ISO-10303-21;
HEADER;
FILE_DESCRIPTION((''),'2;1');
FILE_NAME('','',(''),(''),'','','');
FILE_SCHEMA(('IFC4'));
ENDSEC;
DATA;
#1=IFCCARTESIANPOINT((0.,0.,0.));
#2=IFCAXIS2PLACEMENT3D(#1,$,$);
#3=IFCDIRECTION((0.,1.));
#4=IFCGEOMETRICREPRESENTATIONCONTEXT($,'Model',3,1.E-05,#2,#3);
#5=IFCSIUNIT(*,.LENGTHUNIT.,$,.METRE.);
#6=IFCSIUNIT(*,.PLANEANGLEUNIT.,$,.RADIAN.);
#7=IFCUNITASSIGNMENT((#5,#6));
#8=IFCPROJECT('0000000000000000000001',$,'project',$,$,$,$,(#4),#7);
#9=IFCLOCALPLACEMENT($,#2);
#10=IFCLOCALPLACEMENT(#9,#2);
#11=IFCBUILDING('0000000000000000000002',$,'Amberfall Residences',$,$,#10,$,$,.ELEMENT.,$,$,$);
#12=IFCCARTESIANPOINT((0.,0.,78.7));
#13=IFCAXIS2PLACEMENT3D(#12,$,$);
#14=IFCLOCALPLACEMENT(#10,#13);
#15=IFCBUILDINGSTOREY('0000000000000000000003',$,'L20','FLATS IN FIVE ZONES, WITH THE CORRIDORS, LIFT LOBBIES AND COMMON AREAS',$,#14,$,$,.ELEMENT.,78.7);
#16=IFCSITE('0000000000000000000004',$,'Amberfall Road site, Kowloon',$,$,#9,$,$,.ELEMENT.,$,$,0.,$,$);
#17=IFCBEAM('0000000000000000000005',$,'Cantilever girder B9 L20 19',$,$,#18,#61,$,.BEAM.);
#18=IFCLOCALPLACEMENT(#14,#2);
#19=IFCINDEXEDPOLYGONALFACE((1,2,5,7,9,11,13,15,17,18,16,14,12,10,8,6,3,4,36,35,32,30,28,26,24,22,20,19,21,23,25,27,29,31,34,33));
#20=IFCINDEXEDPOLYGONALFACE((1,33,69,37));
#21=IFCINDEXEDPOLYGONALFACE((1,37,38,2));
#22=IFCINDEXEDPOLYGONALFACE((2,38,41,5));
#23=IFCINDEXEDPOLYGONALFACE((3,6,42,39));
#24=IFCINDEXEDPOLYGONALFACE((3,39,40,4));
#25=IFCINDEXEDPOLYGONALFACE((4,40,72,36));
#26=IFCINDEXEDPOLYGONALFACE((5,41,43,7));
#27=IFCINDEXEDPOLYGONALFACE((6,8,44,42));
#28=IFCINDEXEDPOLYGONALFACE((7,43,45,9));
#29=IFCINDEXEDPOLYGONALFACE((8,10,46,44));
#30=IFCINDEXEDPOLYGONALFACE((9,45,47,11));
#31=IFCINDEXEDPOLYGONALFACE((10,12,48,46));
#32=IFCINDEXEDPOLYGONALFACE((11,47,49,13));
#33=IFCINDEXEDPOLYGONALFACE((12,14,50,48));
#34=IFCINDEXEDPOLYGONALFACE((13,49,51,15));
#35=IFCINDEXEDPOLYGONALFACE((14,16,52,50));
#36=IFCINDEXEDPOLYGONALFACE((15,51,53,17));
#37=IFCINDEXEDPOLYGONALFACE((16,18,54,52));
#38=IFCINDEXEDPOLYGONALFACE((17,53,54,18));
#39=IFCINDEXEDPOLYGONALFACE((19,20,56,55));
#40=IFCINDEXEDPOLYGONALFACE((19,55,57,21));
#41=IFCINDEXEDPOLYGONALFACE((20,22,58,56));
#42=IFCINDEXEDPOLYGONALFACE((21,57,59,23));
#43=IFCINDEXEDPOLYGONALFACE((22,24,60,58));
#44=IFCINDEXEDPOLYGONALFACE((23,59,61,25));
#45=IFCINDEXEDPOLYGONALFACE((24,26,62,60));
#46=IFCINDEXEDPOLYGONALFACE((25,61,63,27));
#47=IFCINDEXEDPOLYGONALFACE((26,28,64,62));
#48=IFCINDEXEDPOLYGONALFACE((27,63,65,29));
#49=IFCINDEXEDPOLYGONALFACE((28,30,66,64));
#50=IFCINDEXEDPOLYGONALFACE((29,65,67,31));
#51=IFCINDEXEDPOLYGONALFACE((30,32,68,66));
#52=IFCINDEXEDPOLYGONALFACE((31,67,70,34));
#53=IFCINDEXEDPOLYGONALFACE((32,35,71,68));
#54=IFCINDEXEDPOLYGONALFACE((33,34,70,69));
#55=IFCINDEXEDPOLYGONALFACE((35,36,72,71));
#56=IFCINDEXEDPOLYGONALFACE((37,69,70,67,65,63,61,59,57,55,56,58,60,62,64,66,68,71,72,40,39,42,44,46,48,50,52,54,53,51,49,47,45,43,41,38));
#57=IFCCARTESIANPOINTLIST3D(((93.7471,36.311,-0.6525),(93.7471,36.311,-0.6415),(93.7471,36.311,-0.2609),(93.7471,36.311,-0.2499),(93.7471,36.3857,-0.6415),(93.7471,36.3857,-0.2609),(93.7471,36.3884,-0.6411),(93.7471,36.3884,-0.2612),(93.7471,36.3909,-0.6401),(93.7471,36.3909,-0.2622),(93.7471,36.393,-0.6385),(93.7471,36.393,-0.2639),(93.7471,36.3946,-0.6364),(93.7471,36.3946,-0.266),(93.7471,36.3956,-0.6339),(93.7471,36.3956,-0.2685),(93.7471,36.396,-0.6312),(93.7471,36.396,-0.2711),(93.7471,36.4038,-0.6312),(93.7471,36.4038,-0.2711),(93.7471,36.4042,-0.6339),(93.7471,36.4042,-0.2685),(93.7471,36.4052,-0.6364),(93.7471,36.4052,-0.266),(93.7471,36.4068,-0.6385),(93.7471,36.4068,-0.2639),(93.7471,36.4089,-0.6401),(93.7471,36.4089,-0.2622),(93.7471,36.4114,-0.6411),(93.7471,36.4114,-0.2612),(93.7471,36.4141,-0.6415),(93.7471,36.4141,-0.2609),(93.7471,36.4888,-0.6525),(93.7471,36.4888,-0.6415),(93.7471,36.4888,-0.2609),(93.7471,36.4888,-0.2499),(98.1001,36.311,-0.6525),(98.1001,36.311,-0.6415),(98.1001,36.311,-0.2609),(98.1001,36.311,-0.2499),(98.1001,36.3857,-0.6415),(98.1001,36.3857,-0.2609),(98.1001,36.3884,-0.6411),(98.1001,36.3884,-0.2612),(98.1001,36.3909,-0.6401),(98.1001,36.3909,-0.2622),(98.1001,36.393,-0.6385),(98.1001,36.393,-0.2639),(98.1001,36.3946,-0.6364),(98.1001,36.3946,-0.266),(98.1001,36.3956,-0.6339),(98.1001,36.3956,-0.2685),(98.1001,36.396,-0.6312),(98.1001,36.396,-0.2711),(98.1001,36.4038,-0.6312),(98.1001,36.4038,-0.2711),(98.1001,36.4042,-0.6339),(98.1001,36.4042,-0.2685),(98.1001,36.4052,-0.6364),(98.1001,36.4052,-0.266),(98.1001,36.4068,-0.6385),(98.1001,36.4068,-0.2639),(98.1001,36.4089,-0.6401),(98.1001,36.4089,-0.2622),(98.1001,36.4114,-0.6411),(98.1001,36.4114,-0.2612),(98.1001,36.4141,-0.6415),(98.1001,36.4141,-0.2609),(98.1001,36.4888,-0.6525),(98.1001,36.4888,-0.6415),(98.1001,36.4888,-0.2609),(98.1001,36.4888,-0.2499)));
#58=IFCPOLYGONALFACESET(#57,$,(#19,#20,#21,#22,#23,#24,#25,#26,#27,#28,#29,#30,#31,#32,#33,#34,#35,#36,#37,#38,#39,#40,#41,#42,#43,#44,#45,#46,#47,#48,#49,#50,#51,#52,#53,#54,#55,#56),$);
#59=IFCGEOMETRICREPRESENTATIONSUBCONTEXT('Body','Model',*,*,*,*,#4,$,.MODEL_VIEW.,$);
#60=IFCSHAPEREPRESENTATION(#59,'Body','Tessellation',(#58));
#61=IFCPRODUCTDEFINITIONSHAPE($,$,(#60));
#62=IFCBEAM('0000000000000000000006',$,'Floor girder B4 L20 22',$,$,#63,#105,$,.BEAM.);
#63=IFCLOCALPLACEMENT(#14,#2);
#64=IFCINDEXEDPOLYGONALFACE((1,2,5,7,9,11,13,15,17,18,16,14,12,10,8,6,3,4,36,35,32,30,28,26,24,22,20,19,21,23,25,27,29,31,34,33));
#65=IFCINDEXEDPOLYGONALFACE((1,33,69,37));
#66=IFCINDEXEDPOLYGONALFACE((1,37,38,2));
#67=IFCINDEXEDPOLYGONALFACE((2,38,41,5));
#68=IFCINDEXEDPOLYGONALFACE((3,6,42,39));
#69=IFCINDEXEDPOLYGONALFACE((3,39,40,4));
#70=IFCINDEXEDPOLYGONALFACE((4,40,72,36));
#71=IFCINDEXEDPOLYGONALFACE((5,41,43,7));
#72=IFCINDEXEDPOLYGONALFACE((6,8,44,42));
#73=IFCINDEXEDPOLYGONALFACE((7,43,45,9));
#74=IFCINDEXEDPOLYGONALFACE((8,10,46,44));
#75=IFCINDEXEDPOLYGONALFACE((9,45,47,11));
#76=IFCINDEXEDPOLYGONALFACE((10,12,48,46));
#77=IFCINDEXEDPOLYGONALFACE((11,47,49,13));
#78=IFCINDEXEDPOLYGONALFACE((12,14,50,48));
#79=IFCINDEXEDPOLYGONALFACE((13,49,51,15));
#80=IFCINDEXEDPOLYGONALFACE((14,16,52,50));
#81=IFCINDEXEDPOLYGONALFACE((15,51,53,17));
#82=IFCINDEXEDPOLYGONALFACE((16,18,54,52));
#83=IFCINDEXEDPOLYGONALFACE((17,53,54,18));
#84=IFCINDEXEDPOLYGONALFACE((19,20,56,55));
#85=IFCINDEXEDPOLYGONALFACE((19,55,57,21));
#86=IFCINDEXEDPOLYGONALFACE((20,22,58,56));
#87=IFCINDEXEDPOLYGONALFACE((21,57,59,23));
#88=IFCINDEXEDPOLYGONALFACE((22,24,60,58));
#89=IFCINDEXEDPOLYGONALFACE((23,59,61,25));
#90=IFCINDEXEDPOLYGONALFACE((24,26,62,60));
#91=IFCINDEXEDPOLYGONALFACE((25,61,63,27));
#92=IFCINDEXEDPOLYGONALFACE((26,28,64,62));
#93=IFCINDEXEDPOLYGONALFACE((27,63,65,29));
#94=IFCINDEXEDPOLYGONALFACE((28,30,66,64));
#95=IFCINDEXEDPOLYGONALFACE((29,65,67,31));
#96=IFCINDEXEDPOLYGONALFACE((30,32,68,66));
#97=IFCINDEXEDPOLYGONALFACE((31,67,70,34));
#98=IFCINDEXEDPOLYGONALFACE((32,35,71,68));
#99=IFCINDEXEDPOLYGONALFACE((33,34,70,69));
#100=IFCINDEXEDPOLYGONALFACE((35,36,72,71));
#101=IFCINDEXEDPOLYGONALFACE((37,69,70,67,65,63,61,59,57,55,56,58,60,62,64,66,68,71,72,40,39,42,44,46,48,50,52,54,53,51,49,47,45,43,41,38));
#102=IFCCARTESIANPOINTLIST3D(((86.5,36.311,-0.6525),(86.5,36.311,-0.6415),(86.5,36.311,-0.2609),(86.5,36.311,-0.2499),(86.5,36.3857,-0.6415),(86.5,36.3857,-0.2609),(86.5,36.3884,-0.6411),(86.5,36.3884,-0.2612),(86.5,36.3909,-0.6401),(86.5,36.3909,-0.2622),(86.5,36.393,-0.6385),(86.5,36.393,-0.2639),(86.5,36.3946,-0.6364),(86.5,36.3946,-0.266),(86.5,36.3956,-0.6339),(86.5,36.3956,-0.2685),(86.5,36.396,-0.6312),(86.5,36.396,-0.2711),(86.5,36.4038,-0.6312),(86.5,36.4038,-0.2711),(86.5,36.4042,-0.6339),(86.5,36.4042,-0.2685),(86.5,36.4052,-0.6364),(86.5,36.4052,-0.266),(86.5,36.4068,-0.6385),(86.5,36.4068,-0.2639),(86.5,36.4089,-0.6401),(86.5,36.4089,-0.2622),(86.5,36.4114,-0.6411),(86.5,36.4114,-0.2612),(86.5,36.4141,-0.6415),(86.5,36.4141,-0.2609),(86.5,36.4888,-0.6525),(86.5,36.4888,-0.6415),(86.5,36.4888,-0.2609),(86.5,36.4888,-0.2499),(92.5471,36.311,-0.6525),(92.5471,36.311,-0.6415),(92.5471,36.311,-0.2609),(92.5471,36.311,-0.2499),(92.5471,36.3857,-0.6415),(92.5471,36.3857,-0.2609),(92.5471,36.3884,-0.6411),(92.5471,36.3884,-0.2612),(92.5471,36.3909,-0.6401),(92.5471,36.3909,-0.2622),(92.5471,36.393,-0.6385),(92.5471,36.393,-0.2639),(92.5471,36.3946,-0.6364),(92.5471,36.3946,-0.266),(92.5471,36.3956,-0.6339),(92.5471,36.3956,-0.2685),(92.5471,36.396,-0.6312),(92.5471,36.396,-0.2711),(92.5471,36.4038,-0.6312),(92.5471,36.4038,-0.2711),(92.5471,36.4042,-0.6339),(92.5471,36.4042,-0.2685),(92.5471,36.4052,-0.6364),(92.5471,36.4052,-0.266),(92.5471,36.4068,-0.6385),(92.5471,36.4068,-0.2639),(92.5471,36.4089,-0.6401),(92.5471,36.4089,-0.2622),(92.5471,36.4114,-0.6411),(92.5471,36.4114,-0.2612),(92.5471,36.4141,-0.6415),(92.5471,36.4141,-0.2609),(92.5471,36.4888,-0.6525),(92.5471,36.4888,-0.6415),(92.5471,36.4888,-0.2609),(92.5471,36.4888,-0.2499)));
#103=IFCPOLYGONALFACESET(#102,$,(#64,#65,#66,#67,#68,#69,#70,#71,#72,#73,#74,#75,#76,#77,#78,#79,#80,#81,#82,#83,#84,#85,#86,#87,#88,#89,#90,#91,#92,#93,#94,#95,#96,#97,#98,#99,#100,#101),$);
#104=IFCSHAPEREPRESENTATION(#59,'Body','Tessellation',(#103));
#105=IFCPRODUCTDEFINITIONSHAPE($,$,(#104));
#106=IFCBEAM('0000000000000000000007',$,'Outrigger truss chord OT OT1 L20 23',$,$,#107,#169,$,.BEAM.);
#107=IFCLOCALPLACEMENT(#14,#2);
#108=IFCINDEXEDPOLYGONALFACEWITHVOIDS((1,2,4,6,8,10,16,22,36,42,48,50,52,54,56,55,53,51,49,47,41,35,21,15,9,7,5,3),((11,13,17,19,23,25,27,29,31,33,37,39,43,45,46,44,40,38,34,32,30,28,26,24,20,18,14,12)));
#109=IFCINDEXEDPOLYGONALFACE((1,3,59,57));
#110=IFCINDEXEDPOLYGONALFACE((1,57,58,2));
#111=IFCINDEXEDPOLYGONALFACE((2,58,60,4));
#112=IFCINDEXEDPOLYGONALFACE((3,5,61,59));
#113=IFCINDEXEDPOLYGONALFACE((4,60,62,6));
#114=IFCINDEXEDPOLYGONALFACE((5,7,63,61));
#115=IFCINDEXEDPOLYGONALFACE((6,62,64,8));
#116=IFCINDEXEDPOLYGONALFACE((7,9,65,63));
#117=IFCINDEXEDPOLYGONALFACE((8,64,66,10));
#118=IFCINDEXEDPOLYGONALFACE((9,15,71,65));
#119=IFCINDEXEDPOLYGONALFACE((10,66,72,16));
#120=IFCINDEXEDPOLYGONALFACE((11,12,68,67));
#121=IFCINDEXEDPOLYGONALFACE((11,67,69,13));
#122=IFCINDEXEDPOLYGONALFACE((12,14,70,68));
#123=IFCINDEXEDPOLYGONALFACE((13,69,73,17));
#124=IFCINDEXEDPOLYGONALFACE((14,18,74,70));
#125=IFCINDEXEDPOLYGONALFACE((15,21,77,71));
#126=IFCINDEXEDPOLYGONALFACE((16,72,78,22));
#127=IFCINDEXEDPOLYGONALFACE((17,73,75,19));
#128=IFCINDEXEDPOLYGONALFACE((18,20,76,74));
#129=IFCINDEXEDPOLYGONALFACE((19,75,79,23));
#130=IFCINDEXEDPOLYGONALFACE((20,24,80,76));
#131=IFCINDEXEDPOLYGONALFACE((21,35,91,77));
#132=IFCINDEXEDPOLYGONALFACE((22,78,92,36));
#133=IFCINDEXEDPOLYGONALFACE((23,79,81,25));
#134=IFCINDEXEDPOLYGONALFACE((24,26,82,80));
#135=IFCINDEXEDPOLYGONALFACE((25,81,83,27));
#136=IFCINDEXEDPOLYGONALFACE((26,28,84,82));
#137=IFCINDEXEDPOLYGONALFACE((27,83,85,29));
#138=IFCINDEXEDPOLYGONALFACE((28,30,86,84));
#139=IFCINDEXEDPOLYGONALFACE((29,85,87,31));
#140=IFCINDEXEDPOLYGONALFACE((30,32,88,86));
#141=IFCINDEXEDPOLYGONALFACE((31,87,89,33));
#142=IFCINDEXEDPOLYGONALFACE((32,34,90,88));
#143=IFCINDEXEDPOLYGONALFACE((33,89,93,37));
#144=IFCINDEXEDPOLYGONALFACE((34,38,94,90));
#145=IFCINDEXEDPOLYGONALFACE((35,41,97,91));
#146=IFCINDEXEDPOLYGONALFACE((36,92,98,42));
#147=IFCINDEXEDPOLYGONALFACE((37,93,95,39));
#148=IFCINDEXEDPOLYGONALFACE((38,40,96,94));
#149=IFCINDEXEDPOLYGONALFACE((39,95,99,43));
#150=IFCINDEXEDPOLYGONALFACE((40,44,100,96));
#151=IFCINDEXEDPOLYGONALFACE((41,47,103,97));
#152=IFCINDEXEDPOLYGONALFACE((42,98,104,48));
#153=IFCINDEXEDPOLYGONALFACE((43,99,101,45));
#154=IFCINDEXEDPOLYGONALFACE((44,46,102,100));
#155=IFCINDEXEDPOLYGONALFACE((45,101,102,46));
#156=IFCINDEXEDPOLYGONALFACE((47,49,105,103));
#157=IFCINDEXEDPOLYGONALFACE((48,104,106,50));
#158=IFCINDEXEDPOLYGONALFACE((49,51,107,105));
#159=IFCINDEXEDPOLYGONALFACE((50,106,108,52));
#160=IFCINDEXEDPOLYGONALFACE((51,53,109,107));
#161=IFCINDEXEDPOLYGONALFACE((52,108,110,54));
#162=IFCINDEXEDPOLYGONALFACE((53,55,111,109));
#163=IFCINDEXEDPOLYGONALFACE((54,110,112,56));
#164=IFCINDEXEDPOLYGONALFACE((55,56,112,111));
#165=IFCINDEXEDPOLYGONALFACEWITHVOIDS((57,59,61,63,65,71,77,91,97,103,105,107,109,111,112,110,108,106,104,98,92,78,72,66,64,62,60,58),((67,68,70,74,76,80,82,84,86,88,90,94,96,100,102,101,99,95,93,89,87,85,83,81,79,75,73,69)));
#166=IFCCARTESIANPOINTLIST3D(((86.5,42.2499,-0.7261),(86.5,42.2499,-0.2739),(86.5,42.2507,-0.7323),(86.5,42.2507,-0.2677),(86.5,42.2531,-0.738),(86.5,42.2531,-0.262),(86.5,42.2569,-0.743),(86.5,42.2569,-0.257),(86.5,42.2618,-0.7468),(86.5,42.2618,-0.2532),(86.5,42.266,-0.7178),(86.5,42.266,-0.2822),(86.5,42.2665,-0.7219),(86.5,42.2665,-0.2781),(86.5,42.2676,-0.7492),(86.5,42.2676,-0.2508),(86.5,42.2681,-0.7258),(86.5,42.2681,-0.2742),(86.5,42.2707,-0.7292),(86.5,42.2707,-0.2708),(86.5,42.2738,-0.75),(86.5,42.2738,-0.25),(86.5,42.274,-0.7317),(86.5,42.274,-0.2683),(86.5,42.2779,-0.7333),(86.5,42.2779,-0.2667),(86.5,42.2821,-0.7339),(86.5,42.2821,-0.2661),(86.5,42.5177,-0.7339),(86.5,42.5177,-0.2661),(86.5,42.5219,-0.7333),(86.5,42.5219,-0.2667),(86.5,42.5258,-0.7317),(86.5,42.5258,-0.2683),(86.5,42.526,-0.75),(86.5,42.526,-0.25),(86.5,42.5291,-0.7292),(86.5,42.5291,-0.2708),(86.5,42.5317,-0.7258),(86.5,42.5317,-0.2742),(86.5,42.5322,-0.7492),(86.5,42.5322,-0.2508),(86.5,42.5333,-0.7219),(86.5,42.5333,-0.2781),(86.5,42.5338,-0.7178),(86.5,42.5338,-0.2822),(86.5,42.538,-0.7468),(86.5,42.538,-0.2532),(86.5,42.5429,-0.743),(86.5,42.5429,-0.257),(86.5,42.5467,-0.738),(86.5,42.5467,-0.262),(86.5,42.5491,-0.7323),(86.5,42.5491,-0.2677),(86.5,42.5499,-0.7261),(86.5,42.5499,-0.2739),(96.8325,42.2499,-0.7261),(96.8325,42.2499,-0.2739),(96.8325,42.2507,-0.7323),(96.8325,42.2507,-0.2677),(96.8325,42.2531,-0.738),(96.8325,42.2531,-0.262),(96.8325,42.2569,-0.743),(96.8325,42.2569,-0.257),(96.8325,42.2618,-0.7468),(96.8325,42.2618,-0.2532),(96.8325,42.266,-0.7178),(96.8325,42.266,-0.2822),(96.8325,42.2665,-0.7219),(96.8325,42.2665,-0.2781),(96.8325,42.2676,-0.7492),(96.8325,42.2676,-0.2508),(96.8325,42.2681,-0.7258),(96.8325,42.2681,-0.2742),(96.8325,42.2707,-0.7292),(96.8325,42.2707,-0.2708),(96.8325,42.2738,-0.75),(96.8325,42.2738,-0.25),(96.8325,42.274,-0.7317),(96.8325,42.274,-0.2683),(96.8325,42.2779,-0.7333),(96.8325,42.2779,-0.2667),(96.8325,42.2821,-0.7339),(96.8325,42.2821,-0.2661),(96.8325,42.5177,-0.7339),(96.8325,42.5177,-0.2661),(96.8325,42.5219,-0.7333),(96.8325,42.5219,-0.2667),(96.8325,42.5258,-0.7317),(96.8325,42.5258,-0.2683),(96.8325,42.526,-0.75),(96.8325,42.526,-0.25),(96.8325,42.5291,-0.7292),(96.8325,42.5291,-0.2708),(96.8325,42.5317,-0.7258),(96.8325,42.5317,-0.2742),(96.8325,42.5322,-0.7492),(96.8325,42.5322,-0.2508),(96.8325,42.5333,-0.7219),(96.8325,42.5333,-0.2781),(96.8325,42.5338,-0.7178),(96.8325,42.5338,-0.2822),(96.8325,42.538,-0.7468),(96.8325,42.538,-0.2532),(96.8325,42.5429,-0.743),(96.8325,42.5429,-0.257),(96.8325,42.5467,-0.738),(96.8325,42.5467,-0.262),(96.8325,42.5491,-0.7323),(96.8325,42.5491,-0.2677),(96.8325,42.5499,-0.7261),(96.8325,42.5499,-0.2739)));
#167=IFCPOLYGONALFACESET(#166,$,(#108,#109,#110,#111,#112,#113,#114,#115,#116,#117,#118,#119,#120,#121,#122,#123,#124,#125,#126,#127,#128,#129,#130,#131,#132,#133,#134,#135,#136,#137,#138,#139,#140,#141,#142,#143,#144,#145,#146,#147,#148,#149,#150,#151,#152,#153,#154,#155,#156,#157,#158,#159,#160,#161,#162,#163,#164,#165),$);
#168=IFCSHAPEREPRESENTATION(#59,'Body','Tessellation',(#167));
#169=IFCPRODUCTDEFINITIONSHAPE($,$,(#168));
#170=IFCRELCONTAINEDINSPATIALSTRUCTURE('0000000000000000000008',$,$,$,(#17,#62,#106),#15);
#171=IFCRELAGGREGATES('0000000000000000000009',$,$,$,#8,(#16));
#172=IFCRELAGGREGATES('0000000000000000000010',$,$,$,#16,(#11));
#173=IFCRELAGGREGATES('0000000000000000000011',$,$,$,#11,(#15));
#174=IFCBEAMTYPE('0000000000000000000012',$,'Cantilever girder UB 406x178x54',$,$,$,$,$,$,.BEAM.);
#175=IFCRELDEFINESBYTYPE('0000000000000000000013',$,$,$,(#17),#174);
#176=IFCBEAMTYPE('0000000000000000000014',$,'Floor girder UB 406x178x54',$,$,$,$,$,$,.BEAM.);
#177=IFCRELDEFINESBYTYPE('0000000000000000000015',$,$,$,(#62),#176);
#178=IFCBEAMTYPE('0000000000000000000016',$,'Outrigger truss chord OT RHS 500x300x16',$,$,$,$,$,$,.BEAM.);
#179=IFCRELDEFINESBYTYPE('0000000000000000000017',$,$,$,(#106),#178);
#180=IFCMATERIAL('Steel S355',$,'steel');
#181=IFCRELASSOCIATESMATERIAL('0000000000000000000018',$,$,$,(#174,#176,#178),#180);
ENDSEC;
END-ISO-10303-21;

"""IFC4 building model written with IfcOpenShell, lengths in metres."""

from ifc_helpers import new_model, si_unit, direction, frame, origin, origin_2d, place, context, subcontext, project, spatial, hollow_rectangle, i_section, extrude, material, material_profile, profile_set, type_object, element, save


model = new_model("IFC4")

# Units and contexts
model_context = context("Model", 3, precision=1e-05, world=origin(), true_north=direction((0.0, 1.0)))
body_context = subcontext(model_context, "Body", "Model", "MODEL_VIEW")
ifc_project = project(units=[si_unit("LENGTHUNIT", "METRE"), si_unit("PLANEANGLEUNIT", "RADIAN")], contexts=[model_context])

# Site, building, storey
site_placement = place(None, origin())
site = spatial("IfcSite", under=ifc_project, at=site_placement, Name="Amberfall Road site, Kowloon", CompositionType="ELEMENT", RefElevation=0.0)
building_placement = place(site_placement, origin())
building = spatial("IfcBuilding", under=site, at=building_placement, Name="Amberfall Residences", CompositionType="ELEMENT")
storey_placement = place(building_placement, frame((0.0, 0.0, 78.7)))
storey = spatial("IfcBuildingStorey", under=building, at=storey_placement, Name="L20", Description="FLATS IN FIVE ZONES, WITH THE CORRIDORS, LIFT LOBBIES AND COMMON AREAS", CompositionType="ELEMENT", Elevation=78.7)

# Beams
ifc_material_1 = material(Name="Steel S355", Category="steel")
ifc_material_profile_1 = material_profile(ifc_material_1, i_section(OverallWidth=0.1777, OverallDepth=0.4026, WebThickness=0.0078, FlangeThickness=0.011, FilletRadius=0.0103, at=origin_2d()), Name="UB 406x178x54")
ifc_profile_set_1 = profile_set([ifc_material_profile_1], Name="Steel S355")
beam_type_1 = type_object("IfcBeamType", Name="Cantilever girder UB 406x178x54", PredefinedType="BEAM", material=ifc_profile_set_1)
beam_1_placement = place(storey_placement, frame((93.7471, 36.3999, -0.4512), z_axis=(1.0, 0.0, 0.0), x_axis=(0.0, 1.0, 0.0)))
element("IfcBeam", 1, at=beam_1_placement, inside=storey, type_object=beam_type_1, Name="Cantilever girder B9 L20 19", PredefinedType="BEAM", context=body_context, shape_type="SweptSolid", body=[
    extrude(i_section(OverallWidth=0.1777, OverallDepth=0.4026, WebThickness=0.0078, FlangeThickness=0.011, FilletRadius=0.0103, at=origin_2d()), origin(), (0.0, 0.0, 1.0), 4.353),
])
ifc_material_profile_2 = material_profile(ifc_material_1, i_section(OverallWidth=0.1777, OverallDepth=0.4026, WebThickness=0.0078, FlangeThickness=0.011, FilletRadius=0.0103, at=origin_2d()), Name="UB 406x178x54")
ifc_profile_set_2 = profile_set([ifc_material_profile_2], Name="Steel S355")
beam_type_2 = type_object("IfcBeamType", Name="Floor girder UB 406x178x54", PredefinedType="BEAM", material=ifc_profile_set_2)
beam_2_placement = place(storey_placement, frame((92.5471, 36.3999, -0.4512), z_axis=(-1.0, 0.0, 0.0), x_axis=(0.0, -1.0, 0.0)))
element("IfcBeam", 2, at=beam_2_placement, inside=storey, type_object=beam_type_2, Name="Floor girder B4 L20 22", PredefinedType="BEAM", context=body_context, shape_type="SweptSolid", body=[
    extrude(i_section(OverallWidth=0.1777, OverallDepth=0.4026, WebThickness=0.0078, FlangeThickness=0.011, FilletRadius=0.0103, at=origin_2d()), origin(), (0.0, 0.0, 1.0), 6.0471),
])
ifc_material_profile_3 = material_profile(ifc_material_1, hollow_rectangle(XDim=0.3, YDim=0.5, WallThickness=0.0161, InnerFilletRadius=0.0161, OuterFilletRadius=0.0239, at=origin_2d()), Name="RHS 500x300x16")
ifc_profile_set_3 = profile_set([ifc_material_profile_3], Name="Steel S355")
beam_type_3 = type_object("IfcBeamType", Name="Outrigger truss chord OT RHS 500x300x16", PredefinedType="BEAM", material=ifc_profile_set_3)
beam_3_placement = place(storey_placement, frame((96.8325, 42.3999, -0.5), z_axis=(-1.0, 0.0, 0.0), x_axis=(0.0, -1.0, 0.0)))
element("IfcBeam", 3, at=beam_3_placement, inside=storey, type_object=beam_type_3, Name="Outrigger truss chord OT OT1 L20 23", PredefinedType="BEAM", context=body_context, shape_type="SweptSolid", body=[
    extrude(hollow_rectangle(XDim=0.3, YDim=0.5, WallThickness=0.0161, InnerFilletRadius=0.0161, OuterFilletRadius=0.0239, at=origin_2d()), origin(), (0.0, 0.0, 1.0), 10.3325),
])

save(model, "model.ifc")
